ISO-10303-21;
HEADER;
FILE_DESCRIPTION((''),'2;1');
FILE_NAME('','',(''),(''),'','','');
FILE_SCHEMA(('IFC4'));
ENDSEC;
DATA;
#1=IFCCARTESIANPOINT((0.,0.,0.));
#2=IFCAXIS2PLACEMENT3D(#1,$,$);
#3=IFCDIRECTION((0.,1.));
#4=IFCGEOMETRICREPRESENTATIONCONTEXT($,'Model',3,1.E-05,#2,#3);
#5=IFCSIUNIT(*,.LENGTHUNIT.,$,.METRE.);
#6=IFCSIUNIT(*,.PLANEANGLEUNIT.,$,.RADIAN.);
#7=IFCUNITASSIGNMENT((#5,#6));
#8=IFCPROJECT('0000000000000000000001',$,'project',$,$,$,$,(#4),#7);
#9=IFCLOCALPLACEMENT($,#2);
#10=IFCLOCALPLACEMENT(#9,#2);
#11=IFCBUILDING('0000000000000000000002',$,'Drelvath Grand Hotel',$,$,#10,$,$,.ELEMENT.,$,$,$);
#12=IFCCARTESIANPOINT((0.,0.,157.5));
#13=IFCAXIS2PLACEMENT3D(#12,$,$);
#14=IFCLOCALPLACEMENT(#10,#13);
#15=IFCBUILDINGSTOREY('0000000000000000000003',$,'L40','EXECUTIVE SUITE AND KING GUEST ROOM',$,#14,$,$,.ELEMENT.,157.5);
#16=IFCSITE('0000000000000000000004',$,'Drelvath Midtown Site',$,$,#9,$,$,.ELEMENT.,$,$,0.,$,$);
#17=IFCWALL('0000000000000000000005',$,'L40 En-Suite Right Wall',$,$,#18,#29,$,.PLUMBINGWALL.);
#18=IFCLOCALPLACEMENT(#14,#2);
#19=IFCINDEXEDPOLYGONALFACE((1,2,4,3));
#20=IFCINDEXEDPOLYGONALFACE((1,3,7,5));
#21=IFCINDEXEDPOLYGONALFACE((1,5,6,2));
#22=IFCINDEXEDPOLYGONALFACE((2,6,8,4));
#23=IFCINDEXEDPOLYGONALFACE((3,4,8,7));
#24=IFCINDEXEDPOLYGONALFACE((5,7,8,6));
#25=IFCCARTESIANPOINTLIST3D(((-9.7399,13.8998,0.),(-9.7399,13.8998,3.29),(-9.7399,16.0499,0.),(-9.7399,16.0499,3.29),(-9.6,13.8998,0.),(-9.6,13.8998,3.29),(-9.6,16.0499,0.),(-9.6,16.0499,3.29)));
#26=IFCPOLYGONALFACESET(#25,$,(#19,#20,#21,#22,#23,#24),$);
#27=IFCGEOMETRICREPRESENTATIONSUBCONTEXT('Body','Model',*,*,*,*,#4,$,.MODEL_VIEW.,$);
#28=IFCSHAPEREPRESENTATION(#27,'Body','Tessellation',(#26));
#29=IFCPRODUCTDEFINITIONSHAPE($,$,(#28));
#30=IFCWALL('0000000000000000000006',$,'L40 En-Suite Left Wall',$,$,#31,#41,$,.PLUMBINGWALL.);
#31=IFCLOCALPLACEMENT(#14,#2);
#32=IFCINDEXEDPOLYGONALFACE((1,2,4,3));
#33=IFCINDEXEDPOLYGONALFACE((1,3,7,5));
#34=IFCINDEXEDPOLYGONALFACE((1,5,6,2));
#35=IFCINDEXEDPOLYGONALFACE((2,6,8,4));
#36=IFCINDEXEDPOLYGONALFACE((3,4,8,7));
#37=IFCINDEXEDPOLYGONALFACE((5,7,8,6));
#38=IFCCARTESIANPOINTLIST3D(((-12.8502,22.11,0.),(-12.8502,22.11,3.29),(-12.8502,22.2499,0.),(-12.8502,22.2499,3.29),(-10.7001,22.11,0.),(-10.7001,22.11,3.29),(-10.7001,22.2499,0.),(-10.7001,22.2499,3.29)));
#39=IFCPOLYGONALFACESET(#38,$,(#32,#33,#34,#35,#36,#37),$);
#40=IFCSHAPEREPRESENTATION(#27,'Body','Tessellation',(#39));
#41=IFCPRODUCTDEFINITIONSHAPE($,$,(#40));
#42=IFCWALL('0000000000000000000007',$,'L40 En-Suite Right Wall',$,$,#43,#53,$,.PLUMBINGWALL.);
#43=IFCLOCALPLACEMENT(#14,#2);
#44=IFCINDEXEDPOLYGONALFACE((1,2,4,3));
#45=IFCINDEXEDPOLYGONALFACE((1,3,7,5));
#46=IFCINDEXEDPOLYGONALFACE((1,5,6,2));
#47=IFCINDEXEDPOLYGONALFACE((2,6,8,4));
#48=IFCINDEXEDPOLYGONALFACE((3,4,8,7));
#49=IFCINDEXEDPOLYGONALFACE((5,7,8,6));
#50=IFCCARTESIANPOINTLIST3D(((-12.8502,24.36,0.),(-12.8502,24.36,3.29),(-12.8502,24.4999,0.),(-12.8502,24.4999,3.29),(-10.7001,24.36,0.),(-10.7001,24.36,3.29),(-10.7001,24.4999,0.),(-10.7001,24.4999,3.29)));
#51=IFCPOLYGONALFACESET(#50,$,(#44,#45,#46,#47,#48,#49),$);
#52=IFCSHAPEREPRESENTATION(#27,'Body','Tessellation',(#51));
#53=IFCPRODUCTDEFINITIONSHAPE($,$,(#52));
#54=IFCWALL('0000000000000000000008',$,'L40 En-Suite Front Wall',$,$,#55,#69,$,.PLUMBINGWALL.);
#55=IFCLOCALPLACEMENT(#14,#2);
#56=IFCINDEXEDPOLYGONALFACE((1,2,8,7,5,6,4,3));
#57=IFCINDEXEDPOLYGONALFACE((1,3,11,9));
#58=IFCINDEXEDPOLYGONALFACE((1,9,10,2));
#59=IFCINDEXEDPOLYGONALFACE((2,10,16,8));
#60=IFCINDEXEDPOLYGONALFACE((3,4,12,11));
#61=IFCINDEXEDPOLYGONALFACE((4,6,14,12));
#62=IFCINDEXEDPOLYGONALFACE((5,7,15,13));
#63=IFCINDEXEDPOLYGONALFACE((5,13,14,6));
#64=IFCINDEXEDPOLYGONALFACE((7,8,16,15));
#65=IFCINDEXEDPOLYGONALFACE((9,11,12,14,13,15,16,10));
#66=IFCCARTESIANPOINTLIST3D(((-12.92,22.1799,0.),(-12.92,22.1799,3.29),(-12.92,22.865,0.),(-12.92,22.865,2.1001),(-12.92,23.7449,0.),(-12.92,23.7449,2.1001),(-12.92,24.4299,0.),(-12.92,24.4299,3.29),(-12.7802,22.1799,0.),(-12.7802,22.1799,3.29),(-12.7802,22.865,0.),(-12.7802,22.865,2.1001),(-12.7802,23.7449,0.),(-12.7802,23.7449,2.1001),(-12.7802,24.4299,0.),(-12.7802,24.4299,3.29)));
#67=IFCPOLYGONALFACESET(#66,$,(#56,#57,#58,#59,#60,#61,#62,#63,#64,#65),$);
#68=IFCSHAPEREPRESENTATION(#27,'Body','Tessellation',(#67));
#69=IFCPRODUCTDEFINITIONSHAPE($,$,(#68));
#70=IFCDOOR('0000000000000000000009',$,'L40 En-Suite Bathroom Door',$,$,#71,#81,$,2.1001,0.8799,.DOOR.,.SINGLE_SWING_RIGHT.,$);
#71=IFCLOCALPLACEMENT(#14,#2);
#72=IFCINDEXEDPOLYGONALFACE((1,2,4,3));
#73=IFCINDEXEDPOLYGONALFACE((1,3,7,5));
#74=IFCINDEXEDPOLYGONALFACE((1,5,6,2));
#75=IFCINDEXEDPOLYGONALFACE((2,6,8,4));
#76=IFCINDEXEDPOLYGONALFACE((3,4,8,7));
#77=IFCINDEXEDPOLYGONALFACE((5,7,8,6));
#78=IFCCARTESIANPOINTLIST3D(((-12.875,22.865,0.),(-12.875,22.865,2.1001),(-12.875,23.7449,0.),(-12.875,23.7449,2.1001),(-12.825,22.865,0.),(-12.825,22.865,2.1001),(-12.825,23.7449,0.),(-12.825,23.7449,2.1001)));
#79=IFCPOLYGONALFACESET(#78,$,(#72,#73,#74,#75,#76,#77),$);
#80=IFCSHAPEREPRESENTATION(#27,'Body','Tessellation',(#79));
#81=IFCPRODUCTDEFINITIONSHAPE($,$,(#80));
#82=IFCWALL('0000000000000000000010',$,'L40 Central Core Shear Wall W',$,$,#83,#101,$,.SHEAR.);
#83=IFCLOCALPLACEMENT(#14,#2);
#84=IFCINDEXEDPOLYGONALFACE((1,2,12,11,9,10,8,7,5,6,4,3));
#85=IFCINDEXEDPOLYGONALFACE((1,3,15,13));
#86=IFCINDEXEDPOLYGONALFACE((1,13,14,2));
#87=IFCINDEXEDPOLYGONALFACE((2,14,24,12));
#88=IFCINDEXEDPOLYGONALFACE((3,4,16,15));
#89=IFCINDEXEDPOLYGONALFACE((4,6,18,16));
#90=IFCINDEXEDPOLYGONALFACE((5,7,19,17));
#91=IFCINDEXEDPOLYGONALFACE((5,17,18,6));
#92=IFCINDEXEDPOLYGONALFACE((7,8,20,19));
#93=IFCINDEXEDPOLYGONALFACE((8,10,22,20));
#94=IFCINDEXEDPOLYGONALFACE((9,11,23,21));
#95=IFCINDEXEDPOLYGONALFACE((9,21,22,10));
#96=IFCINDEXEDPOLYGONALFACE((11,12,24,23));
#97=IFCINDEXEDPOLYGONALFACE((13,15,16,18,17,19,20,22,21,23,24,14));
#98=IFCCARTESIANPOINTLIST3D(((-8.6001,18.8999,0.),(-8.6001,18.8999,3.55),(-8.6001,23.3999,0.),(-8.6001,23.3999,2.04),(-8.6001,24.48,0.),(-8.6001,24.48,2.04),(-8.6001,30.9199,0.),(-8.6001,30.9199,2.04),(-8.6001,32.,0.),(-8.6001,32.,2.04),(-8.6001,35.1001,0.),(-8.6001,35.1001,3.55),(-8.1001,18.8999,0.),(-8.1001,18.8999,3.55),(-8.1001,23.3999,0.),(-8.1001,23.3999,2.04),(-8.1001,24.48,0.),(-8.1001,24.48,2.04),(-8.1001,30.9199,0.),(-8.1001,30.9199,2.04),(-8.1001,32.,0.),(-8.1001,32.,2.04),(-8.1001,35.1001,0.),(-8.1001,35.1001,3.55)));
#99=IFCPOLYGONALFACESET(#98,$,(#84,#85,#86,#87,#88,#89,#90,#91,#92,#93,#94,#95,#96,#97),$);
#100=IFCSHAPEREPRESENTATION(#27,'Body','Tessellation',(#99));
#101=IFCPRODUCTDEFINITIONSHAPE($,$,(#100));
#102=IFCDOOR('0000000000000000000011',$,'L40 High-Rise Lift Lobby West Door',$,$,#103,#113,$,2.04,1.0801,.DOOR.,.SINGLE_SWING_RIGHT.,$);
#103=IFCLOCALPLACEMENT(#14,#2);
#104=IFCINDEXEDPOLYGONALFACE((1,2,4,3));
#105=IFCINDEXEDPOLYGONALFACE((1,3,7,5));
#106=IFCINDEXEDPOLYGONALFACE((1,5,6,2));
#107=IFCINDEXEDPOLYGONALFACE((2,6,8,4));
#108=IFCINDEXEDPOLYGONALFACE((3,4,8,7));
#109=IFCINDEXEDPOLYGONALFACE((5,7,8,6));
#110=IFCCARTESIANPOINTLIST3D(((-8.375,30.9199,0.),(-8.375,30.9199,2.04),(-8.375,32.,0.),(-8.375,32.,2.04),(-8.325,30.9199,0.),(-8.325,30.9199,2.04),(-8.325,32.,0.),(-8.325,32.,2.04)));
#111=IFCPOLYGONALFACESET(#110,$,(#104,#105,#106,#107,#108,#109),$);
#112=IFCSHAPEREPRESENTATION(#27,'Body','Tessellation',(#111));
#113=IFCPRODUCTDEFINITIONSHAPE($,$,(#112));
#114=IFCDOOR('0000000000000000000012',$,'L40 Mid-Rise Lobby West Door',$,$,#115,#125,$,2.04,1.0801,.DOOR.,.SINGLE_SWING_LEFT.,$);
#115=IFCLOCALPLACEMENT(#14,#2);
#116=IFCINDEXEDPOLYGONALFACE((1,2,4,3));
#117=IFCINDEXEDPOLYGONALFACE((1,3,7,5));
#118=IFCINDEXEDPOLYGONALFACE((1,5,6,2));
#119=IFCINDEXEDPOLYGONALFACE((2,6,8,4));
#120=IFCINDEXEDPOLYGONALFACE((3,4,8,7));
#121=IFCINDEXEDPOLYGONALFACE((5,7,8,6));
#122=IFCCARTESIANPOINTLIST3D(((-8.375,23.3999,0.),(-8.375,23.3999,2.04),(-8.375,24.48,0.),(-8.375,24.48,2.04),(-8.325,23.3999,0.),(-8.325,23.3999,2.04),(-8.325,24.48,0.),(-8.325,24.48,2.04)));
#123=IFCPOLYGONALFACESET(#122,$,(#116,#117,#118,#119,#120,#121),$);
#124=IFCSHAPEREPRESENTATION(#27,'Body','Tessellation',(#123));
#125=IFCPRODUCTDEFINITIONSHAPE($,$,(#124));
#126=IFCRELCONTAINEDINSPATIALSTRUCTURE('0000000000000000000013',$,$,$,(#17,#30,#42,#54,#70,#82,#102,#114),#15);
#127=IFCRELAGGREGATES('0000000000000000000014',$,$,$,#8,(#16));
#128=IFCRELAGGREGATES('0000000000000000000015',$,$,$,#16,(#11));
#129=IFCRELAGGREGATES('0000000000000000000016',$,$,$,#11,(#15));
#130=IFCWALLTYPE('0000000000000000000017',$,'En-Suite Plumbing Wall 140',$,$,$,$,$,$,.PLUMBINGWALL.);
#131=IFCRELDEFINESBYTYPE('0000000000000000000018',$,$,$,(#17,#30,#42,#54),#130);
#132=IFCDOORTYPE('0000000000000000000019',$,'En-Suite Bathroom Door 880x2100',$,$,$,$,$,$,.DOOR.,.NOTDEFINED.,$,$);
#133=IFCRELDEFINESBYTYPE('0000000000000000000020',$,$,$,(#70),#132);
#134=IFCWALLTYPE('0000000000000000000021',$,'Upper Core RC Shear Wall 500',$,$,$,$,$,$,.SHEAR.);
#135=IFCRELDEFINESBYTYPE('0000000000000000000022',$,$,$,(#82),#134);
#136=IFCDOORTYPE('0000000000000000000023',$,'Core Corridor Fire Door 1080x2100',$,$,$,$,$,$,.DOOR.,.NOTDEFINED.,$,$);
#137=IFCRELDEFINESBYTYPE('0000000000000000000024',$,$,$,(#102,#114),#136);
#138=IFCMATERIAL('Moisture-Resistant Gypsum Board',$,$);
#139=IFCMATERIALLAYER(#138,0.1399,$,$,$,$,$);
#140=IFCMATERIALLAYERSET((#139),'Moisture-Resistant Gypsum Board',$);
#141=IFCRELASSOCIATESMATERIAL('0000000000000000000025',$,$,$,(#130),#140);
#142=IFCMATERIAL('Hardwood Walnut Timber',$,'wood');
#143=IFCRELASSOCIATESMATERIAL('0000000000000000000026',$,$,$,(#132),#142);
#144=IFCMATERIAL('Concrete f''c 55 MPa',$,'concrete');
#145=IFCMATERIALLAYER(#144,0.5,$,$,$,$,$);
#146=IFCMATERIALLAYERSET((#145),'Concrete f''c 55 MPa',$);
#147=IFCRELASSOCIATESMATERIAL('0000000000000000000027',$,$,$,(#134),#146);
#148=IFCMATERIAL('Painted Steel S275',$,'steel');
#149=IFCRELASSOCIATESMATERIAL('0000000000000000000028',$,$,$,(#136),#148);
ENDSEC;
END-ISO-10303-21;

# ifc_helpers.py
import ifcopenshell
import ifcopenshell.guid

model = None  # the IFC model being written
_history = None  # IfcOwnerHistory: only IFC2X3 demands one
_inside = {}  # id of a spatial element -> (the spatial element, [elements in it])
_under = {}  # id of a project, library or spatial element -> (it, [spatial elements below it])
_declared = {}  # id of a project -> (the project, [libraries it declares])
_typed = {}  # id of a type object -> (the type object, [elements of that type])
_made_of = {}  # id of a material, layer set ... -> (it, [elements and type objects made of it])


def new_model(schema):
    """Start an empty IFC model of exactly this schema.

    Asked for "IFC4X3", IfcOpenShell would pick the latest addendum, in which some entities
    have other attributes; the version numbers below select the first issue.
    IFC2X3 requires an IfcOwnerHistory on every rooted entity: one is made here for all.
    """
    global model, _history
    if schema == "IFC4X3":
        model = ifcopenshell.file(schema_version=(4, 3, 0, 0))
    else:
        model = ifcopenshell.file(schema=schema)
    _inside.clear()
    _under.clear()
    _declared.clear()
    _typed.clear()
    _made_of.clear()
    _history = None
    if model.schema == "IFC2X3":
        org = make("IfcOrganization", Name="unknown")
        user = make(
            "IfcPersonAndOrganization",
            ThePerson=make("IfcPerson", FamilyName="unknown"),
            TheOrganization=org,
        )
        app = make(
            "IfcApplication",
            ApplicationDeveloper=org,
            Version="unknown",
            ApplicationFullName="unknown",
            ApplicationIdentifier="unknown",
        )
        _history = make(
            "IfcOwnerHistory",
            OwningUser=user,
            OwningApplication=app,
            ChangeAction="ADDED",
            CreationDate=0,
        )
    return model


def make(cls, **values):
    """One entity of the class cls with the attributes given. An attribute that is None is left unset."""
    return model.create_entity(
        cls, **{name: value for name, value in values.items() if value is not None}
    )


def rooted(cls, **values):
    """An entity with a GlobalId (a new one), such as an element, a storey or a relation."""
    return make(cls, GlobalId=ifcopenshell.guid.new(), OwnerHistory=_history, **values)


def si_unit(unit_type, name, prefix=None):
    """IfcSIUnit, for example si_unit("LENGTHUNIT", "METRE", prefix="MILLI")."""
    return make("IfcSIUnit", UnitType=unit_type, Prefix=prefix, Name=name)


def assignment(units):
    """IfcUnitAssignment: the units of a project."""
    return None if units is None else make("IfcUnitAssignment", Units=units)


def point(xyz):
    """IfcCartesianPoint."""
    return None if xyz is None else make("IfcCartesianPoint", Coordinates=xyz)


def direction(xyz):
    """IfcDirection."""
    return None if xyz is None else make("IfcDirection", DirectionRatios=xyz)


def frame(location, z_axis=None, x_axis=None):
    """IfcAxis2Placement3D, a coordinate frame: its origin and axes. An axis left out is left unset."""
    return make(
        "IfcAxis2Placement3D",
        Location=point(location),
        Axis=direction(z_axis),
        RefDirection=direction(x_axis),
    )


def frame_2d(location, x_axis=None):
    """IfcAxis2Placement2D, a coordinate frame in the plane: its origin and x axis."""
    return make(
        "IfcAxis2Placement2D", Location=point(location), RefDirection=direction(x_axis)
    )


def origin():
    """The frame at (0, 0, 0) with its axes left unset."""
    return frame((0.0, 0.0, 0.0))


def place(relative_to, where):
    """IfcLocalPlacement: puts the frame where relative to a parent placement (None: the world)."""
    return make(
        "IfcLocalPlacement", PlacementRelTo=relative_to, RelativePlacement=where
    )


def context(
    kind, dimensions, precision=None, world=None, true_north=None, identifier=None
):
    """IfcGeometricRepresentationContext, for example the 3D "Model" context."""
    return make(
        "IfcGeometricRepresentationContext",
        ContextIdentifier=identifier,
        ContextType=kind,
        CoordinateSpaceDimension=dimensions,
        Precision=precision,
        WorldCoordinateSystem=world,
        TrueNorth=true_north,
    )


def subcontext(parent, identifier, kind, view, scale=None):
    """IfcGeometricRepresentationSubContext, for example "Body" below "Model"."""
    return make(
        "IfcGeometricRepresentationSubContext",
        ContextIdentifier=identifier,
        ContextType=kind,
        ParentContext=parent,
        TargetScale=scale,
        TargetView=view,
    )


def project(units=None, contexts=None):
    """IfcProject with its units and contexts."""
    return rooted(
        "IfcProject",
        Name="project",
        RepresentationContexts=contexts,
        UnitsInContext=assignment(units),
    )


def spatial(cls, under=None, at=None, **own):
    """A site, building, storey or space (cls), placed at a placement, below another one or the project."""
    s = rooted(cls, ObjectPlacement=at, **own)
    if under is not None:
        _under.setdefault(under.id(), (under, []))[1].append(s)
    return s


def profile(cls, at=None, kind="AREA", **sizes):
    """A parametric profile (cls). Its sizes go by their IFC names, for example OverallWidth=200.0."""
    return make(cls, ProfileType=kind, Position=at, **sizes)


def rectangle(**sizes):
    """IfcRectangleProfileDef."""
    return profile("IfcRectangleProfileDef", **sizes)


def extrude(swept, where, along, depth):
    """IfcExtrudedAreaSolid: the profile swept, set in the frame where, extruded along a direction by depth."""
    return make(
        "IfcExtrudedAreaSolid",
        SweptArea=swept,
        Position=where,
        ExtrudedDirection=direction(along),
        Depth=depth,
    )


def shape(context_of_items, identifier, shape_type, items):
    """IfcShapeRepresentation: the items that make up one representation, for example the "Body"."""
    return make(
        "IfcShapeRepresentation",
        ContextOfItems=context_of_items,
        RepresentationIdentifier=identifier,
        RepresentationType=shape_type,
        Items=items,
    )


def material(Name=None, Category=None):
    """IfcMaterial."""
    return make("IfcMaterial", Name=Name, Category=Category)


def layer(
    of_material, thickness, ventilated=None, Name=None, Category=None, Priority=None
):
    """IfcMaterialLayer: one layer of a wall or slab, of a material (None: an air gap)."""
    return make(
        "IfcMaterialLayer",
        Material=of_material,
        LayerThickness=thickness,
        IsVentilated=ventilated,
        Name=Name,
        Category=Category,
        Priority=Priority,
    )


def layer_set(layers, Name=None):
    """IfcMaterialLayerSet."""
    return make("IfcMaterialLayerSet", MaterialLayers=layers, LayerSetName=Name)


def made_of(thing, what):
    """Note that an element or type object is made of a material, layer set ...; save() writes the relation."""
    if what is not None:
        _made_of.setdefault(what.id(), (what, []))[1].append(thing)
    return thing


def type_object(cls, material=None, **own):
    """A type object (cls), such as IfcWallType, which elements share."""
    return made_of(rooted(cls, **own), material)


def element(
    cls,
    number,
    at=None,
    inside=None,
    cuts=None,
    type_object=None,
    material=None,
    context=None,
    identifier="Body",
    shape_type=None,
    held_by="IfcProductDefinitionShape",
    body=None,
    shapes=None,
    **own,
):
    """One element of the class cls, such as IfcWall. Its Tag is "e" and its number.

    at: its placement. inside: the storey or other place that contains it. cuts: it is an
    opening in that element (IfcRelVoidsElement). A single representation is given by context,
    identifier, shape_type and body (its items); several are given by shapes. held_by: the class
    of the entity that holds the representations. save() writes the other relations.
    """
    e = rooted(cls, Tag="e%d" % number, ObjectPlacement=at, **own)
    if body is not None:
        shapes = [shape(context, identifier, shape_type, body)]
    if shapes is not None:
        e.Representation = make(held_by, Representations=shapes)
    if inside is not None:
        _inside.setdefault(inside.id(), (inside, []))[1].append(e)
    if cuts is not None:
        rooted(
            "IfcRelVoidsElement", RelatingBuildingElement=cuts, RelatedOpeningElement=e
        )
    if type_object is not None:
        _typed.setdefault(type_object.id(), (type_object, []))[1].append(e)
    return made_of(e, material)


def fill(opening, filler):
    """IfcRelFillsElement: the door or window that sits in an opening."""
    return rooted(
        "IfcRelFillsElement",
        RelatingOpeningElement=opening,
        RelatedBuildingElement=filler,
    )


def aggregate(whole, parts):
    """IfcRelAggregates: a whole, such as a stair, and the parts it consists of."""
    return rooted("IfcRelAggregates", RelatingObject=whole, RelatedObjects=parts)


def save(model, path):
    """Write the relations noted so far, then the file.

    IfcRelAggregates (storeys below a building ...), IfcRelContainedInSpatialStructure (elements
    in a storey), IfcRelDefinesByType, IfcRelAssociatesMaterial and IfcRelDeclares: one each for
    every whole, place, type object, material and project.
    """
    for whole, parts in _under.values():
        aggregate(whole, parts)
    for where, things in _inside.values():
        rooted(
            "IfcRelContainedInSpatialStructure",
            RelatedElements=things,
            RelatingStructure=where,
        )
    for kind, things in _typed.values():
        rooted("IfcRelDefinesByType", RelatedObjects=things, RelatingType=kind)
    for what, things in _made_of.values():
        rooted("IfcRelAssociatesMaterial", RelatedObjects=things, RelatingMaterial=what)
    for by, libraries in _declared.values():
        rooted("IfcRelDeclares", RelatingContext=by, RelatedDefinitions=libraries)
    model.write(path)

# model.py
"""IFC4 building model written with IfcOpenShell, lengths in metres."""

from ifc_helpers import new_model, si_unit, direction, frame, frame_2d, origin, place, context, subcontext, project, spatial, rectangle, extrude, material, layer, layer_set, type_object, element, fill, save


model = new_model("IFC4")

# Units and contexts
model_context = context("Model", 3, precision=1e-05, world=origin(), true_north=direction((0.0, 1.0)))
body_context = subcontext(model_context, "Body", "Model", "MODEL_VIEW")
ifc_project = project(units=[si_unit("LENGTHUNIT", "METRE"), si_unit("PLANEANGLEUNIT", "RADIAN")], contexts=[model_context])

# Site, building, storey
site_placement = place(None, origin())
site = spatial("IfcSite", under=ifc_project, at=site_placement, Name="Drelvath Midtown Site", CompositionType="ELEMENT", RefElevation=0.0)
building_placement = place(site_placement, origin())
building = spatial("IfcBuilding", under=site, at=building_placement, Name="Drelvath Grand Hotel", CompositionType="ELEMENT")
storey_placement = place(building_placement, frame((0.0, 0.0, 157.5)))
storey = spatial("IfcBuildingStorey", under=building, at=storey_placement, Name="L40", Description="EXECUTIVE SUITE AND KING GUEST ROOM", CompositionType="ELEMENT", Elevation=157.5)

# Shared definitions
ifc_material_1 = material(Name="Painted Steel S275", Category="steel")

# Shared definitions
ifc_material_2 = material(Name="Hardwood Walnut Timber", Category="wood")

# Walls
ifc_material_3 = material(Name="Moisture-Resistant Gypsum Board")
ifc_layer_1 = layer(ifc_material_3, 0.1399)
ifc_layer_set_1 = layer_set([ifc_layer_1], Name="Moisture-Resistant Gypsum Board")
wall_type_1 = type_object("IfcWallType", Name="En-Suite Plumbing Wall 140", PredefinedType="PLUMBINGWALL", material=ifc_layer_set_1)
for number, where, z_axis, x_axis, name in (
    (1, (-9.6699, 16.05, 0.0), (0.0, 0.0, 1.0), (0.0, -1.0, 0.0), "L40 En-Suite Right Wall"),
    (2, (-10.7, 22.1799, 0.0), (0.0, 0.0, 1.0), (-1.0, 0.0, 0.0), "L40 En-Suite Left Wall"),
    (3, (-10.7, 24.4299, 0.0), (0.0, 0.0, 1.0), (-1.0, 0.0, 0.0), "L40 En-Suite Right Wall"),
):
    element("IfcWall", number, at=place(storey_placement, frame(where, z_axis=z_axis, x_axis=x_axis)), inside=storey, type_object=wall_type_1, Name=name, PredefinedType="PLUMBINGWALL", context=body_context, shape_type="SweptSolid", body=[
        extrude(rectangle(XDim=2.1501, YDim=0.1399, at=frame_2d((1.0752, 0.0))), origin(), (0.0, 0.0, 1.0), 3.29),
    ])

# Wall, opening, door
wall_1_placement = place(storey_placement, frame((-12.8501, 22.1799, 0.0), z_axis=(0.0, 0.0, 1.0), x_axis=(0.0, 1.0, 0.0)))
wall_1 = element("IfcWall", 4, at=wall_1_placement, inside=storey, type_object=wall_type_1, Name="L40 En-Suite Front Wall", PredefinedType="PLUMBINGWALL", context=body_context, shape_type="SweptSolid", body=[
    extrude(rectangle(XDim=2.25, YDim=0.1399, at=frame_2d((1.125, 0.0))), origin(), (0.0, 0.0, 1.0), 3.29),
])
opening_1_placement = place(wall_1_placement, frame((0.6851, 0.0, 0.0)))
opening_1 = element("IfcOpeningElement", 5, at=opening_1_placement, cuts=wall_1, PredefinedType="OPENING", context=body_context, shape_type="SweptSolid", body=[
    extrude(rectangle(XDim=0.8799, YDim=2.1001, at=frame_2d((0.4399, 1.05))), frame((0.0, 0.0798, 0.0), z_axis=(0.0, -1.0, 0.0), x_axis=(1.0, 0.0, 0.0)), (0.0, 0.0, 1.0), 0.1599),
])
door_type_1 = type_object("IfcDoorType", Name="En-Suite Bathroom Door 880x2100", OperationType="NOTDEFINED", PredefinedType="DOOR", material=ifc_material_2)
door_1_placement = place(opening_1_placement, origin())
door_1 = element("IfcDoor", 6, at=door_1_placement, inside=storey, type_object=door_type_1, Name="L40 En-Suite Bathroom Door", OperationType="SINGLE_SWING_RIGHT", OverallHeight=2.1001, OverallWidth=0.8799, PredefinedType="DOOR", context=body_context, shape_type="SweptSolid", body=[
    extrude(rectangle(XDim=0.8799, YDim=2.1001, at=frame_2d((0.4399, 1.05))), frame((0.0, 0.0249, 0.0), z_axis=(0.0, -1.0, 0.0), x_axis=(1.0, 0.0, 0.0)), (0.0, 0.0, 1.0), 0.05),
])
fill(opening_1, door_1)

# Wall, openings, doors
ifc_material_4 = material(Name="Concrete f'c 55 MPa", Category="concrete")
ifc_layer_2 = layer(ifc_material_4, 0.5)
ifc_layer_set_2 = layer_set([ifc_layer_2], Name="Concrete f'c 55 MPa")
wall_type_2 = type_object("IfcWallType", Name="Upper Core RC Shear Wall 500", PredefinedType="SHEAR", material=ifc_layer_set_2)
wall_2_placement = place(storey_placement, frame((-8.3501, 18.8999, 0.0), z_axis=(0.0, 0.0, 1.0), x_axis=(0.0, 1.0, 0.0)))
wall_2 = element("IfcWall", 7, at=wall_2_placement, inside=storey, type_object=wall_type_2, Name="L40 Central Core Shear Wall W", PredefinedType="SHEAR", context=body_context, shape_type="SweptSolid", body=[
    extrude(rectangle(XDim=16.2002, YDim=0.5, at=frame_2d((8.1001, 0.0))), origin(), (0.0, 0.0, 1.0), 3.55),
])
opening_2_placement = place(wall_2_placement, frame((12.02, 0.0, 0.0)))
opening_2 = element("IfcOpeningElement", 8, at=opening_2_placement, cuts=wall_2, PredefinedType="OPENING", context=body_context, shape_type="SweptSolid", body=[
    extrude(rectangle(XDim=1.0801, YDim=2.04, at=frame_2d((0.54, 1.02))), frame((0.0, 0.26, 0.0), z_axis=(0.0, -1.0, 0.0), x_axis=(1.0, 0.0, 0.0)), (0.0, 0.0, 1.0), 0.52),
])
opening_3_placement = place(wall_2_placement, frame((4.5, 0.0, 0.0)))
opening_3 = element("IfcOpeningElement", 9, at=opening_3_placement, cuts=wall_2, PredefinedType="OPENING", context=body_context, shape_type="SweptSolid", body=[
    extrude(rectangle(XDim=1.0801, YDim=2.04, at=frame_2d((0.54, 1.02))), frame((0.0, 0.26, 0.0), z_axis=(0.0, -1.0, 0.0), x_axis=(1.0, 0.0, 0.0)), (0.0, 0.0, 1.0), 0.52),
])
door_type_2 = type_object("IfcDoorType", Name="Core Corridor Fire Door 1080x2100", OperationType="NOTDEFINED", PredefinedType="DOOR", material=ifc_material_1)
door_2_placement = place(opening_2_placement, origin())
door_2 = element("IfcDoor", 10, at=door_2_placement, inside=storey, type_object=door_type_2, Name="L40 High-Rise Lift Lobby West Door", OperationType="SINGLE_SWING_RIGHT", OverallHeight=2.04, OverallWidth=1.0801, PredefinedType="DOOR", context=body_context, shape_type="SweptSolid", body=[
    extrude(rectangle(XDim=1.0801, YDim=2.04, at=frame_2d((0.54, 1.02))), frame((0.0, 0.0249, 0.0), z_axis=(0.0, -1.0, 0.0), x_axis=(1.0, 0.0, 0.0)), (0.0, 0.0, 1.0), 0.05),
])
fill(opening_2, door_2)
door_3_placement = place(opening_3_placement, origin())
door_3 = element("IfcDoor", 11, at=door_3_placement, inside=storey, type_object=door_type_2, Name="L40 Mid-Rise Lobby West Door", OperationType="SINGLE_SWING_LEFT", OverallHeight=2.04, OverallWidth=1.0801, PredefinedType="DOOR", context=body_context, shape_type="SweptSolid", body=[
    extrude(rectangle(XDim=1.0801, YDim=2.04, at=frame_2d((0.54, 1.02))), frame((0.0, 0.0249, 0.0), z_axis=(0.0, -1.0, 0.0), x_axis=(1.0, 0.0, 0.0)), (0.0, 0.0, 1.0), 0.05),
])
fill(opening_3, door_3)

save(model, "model.ifc")
